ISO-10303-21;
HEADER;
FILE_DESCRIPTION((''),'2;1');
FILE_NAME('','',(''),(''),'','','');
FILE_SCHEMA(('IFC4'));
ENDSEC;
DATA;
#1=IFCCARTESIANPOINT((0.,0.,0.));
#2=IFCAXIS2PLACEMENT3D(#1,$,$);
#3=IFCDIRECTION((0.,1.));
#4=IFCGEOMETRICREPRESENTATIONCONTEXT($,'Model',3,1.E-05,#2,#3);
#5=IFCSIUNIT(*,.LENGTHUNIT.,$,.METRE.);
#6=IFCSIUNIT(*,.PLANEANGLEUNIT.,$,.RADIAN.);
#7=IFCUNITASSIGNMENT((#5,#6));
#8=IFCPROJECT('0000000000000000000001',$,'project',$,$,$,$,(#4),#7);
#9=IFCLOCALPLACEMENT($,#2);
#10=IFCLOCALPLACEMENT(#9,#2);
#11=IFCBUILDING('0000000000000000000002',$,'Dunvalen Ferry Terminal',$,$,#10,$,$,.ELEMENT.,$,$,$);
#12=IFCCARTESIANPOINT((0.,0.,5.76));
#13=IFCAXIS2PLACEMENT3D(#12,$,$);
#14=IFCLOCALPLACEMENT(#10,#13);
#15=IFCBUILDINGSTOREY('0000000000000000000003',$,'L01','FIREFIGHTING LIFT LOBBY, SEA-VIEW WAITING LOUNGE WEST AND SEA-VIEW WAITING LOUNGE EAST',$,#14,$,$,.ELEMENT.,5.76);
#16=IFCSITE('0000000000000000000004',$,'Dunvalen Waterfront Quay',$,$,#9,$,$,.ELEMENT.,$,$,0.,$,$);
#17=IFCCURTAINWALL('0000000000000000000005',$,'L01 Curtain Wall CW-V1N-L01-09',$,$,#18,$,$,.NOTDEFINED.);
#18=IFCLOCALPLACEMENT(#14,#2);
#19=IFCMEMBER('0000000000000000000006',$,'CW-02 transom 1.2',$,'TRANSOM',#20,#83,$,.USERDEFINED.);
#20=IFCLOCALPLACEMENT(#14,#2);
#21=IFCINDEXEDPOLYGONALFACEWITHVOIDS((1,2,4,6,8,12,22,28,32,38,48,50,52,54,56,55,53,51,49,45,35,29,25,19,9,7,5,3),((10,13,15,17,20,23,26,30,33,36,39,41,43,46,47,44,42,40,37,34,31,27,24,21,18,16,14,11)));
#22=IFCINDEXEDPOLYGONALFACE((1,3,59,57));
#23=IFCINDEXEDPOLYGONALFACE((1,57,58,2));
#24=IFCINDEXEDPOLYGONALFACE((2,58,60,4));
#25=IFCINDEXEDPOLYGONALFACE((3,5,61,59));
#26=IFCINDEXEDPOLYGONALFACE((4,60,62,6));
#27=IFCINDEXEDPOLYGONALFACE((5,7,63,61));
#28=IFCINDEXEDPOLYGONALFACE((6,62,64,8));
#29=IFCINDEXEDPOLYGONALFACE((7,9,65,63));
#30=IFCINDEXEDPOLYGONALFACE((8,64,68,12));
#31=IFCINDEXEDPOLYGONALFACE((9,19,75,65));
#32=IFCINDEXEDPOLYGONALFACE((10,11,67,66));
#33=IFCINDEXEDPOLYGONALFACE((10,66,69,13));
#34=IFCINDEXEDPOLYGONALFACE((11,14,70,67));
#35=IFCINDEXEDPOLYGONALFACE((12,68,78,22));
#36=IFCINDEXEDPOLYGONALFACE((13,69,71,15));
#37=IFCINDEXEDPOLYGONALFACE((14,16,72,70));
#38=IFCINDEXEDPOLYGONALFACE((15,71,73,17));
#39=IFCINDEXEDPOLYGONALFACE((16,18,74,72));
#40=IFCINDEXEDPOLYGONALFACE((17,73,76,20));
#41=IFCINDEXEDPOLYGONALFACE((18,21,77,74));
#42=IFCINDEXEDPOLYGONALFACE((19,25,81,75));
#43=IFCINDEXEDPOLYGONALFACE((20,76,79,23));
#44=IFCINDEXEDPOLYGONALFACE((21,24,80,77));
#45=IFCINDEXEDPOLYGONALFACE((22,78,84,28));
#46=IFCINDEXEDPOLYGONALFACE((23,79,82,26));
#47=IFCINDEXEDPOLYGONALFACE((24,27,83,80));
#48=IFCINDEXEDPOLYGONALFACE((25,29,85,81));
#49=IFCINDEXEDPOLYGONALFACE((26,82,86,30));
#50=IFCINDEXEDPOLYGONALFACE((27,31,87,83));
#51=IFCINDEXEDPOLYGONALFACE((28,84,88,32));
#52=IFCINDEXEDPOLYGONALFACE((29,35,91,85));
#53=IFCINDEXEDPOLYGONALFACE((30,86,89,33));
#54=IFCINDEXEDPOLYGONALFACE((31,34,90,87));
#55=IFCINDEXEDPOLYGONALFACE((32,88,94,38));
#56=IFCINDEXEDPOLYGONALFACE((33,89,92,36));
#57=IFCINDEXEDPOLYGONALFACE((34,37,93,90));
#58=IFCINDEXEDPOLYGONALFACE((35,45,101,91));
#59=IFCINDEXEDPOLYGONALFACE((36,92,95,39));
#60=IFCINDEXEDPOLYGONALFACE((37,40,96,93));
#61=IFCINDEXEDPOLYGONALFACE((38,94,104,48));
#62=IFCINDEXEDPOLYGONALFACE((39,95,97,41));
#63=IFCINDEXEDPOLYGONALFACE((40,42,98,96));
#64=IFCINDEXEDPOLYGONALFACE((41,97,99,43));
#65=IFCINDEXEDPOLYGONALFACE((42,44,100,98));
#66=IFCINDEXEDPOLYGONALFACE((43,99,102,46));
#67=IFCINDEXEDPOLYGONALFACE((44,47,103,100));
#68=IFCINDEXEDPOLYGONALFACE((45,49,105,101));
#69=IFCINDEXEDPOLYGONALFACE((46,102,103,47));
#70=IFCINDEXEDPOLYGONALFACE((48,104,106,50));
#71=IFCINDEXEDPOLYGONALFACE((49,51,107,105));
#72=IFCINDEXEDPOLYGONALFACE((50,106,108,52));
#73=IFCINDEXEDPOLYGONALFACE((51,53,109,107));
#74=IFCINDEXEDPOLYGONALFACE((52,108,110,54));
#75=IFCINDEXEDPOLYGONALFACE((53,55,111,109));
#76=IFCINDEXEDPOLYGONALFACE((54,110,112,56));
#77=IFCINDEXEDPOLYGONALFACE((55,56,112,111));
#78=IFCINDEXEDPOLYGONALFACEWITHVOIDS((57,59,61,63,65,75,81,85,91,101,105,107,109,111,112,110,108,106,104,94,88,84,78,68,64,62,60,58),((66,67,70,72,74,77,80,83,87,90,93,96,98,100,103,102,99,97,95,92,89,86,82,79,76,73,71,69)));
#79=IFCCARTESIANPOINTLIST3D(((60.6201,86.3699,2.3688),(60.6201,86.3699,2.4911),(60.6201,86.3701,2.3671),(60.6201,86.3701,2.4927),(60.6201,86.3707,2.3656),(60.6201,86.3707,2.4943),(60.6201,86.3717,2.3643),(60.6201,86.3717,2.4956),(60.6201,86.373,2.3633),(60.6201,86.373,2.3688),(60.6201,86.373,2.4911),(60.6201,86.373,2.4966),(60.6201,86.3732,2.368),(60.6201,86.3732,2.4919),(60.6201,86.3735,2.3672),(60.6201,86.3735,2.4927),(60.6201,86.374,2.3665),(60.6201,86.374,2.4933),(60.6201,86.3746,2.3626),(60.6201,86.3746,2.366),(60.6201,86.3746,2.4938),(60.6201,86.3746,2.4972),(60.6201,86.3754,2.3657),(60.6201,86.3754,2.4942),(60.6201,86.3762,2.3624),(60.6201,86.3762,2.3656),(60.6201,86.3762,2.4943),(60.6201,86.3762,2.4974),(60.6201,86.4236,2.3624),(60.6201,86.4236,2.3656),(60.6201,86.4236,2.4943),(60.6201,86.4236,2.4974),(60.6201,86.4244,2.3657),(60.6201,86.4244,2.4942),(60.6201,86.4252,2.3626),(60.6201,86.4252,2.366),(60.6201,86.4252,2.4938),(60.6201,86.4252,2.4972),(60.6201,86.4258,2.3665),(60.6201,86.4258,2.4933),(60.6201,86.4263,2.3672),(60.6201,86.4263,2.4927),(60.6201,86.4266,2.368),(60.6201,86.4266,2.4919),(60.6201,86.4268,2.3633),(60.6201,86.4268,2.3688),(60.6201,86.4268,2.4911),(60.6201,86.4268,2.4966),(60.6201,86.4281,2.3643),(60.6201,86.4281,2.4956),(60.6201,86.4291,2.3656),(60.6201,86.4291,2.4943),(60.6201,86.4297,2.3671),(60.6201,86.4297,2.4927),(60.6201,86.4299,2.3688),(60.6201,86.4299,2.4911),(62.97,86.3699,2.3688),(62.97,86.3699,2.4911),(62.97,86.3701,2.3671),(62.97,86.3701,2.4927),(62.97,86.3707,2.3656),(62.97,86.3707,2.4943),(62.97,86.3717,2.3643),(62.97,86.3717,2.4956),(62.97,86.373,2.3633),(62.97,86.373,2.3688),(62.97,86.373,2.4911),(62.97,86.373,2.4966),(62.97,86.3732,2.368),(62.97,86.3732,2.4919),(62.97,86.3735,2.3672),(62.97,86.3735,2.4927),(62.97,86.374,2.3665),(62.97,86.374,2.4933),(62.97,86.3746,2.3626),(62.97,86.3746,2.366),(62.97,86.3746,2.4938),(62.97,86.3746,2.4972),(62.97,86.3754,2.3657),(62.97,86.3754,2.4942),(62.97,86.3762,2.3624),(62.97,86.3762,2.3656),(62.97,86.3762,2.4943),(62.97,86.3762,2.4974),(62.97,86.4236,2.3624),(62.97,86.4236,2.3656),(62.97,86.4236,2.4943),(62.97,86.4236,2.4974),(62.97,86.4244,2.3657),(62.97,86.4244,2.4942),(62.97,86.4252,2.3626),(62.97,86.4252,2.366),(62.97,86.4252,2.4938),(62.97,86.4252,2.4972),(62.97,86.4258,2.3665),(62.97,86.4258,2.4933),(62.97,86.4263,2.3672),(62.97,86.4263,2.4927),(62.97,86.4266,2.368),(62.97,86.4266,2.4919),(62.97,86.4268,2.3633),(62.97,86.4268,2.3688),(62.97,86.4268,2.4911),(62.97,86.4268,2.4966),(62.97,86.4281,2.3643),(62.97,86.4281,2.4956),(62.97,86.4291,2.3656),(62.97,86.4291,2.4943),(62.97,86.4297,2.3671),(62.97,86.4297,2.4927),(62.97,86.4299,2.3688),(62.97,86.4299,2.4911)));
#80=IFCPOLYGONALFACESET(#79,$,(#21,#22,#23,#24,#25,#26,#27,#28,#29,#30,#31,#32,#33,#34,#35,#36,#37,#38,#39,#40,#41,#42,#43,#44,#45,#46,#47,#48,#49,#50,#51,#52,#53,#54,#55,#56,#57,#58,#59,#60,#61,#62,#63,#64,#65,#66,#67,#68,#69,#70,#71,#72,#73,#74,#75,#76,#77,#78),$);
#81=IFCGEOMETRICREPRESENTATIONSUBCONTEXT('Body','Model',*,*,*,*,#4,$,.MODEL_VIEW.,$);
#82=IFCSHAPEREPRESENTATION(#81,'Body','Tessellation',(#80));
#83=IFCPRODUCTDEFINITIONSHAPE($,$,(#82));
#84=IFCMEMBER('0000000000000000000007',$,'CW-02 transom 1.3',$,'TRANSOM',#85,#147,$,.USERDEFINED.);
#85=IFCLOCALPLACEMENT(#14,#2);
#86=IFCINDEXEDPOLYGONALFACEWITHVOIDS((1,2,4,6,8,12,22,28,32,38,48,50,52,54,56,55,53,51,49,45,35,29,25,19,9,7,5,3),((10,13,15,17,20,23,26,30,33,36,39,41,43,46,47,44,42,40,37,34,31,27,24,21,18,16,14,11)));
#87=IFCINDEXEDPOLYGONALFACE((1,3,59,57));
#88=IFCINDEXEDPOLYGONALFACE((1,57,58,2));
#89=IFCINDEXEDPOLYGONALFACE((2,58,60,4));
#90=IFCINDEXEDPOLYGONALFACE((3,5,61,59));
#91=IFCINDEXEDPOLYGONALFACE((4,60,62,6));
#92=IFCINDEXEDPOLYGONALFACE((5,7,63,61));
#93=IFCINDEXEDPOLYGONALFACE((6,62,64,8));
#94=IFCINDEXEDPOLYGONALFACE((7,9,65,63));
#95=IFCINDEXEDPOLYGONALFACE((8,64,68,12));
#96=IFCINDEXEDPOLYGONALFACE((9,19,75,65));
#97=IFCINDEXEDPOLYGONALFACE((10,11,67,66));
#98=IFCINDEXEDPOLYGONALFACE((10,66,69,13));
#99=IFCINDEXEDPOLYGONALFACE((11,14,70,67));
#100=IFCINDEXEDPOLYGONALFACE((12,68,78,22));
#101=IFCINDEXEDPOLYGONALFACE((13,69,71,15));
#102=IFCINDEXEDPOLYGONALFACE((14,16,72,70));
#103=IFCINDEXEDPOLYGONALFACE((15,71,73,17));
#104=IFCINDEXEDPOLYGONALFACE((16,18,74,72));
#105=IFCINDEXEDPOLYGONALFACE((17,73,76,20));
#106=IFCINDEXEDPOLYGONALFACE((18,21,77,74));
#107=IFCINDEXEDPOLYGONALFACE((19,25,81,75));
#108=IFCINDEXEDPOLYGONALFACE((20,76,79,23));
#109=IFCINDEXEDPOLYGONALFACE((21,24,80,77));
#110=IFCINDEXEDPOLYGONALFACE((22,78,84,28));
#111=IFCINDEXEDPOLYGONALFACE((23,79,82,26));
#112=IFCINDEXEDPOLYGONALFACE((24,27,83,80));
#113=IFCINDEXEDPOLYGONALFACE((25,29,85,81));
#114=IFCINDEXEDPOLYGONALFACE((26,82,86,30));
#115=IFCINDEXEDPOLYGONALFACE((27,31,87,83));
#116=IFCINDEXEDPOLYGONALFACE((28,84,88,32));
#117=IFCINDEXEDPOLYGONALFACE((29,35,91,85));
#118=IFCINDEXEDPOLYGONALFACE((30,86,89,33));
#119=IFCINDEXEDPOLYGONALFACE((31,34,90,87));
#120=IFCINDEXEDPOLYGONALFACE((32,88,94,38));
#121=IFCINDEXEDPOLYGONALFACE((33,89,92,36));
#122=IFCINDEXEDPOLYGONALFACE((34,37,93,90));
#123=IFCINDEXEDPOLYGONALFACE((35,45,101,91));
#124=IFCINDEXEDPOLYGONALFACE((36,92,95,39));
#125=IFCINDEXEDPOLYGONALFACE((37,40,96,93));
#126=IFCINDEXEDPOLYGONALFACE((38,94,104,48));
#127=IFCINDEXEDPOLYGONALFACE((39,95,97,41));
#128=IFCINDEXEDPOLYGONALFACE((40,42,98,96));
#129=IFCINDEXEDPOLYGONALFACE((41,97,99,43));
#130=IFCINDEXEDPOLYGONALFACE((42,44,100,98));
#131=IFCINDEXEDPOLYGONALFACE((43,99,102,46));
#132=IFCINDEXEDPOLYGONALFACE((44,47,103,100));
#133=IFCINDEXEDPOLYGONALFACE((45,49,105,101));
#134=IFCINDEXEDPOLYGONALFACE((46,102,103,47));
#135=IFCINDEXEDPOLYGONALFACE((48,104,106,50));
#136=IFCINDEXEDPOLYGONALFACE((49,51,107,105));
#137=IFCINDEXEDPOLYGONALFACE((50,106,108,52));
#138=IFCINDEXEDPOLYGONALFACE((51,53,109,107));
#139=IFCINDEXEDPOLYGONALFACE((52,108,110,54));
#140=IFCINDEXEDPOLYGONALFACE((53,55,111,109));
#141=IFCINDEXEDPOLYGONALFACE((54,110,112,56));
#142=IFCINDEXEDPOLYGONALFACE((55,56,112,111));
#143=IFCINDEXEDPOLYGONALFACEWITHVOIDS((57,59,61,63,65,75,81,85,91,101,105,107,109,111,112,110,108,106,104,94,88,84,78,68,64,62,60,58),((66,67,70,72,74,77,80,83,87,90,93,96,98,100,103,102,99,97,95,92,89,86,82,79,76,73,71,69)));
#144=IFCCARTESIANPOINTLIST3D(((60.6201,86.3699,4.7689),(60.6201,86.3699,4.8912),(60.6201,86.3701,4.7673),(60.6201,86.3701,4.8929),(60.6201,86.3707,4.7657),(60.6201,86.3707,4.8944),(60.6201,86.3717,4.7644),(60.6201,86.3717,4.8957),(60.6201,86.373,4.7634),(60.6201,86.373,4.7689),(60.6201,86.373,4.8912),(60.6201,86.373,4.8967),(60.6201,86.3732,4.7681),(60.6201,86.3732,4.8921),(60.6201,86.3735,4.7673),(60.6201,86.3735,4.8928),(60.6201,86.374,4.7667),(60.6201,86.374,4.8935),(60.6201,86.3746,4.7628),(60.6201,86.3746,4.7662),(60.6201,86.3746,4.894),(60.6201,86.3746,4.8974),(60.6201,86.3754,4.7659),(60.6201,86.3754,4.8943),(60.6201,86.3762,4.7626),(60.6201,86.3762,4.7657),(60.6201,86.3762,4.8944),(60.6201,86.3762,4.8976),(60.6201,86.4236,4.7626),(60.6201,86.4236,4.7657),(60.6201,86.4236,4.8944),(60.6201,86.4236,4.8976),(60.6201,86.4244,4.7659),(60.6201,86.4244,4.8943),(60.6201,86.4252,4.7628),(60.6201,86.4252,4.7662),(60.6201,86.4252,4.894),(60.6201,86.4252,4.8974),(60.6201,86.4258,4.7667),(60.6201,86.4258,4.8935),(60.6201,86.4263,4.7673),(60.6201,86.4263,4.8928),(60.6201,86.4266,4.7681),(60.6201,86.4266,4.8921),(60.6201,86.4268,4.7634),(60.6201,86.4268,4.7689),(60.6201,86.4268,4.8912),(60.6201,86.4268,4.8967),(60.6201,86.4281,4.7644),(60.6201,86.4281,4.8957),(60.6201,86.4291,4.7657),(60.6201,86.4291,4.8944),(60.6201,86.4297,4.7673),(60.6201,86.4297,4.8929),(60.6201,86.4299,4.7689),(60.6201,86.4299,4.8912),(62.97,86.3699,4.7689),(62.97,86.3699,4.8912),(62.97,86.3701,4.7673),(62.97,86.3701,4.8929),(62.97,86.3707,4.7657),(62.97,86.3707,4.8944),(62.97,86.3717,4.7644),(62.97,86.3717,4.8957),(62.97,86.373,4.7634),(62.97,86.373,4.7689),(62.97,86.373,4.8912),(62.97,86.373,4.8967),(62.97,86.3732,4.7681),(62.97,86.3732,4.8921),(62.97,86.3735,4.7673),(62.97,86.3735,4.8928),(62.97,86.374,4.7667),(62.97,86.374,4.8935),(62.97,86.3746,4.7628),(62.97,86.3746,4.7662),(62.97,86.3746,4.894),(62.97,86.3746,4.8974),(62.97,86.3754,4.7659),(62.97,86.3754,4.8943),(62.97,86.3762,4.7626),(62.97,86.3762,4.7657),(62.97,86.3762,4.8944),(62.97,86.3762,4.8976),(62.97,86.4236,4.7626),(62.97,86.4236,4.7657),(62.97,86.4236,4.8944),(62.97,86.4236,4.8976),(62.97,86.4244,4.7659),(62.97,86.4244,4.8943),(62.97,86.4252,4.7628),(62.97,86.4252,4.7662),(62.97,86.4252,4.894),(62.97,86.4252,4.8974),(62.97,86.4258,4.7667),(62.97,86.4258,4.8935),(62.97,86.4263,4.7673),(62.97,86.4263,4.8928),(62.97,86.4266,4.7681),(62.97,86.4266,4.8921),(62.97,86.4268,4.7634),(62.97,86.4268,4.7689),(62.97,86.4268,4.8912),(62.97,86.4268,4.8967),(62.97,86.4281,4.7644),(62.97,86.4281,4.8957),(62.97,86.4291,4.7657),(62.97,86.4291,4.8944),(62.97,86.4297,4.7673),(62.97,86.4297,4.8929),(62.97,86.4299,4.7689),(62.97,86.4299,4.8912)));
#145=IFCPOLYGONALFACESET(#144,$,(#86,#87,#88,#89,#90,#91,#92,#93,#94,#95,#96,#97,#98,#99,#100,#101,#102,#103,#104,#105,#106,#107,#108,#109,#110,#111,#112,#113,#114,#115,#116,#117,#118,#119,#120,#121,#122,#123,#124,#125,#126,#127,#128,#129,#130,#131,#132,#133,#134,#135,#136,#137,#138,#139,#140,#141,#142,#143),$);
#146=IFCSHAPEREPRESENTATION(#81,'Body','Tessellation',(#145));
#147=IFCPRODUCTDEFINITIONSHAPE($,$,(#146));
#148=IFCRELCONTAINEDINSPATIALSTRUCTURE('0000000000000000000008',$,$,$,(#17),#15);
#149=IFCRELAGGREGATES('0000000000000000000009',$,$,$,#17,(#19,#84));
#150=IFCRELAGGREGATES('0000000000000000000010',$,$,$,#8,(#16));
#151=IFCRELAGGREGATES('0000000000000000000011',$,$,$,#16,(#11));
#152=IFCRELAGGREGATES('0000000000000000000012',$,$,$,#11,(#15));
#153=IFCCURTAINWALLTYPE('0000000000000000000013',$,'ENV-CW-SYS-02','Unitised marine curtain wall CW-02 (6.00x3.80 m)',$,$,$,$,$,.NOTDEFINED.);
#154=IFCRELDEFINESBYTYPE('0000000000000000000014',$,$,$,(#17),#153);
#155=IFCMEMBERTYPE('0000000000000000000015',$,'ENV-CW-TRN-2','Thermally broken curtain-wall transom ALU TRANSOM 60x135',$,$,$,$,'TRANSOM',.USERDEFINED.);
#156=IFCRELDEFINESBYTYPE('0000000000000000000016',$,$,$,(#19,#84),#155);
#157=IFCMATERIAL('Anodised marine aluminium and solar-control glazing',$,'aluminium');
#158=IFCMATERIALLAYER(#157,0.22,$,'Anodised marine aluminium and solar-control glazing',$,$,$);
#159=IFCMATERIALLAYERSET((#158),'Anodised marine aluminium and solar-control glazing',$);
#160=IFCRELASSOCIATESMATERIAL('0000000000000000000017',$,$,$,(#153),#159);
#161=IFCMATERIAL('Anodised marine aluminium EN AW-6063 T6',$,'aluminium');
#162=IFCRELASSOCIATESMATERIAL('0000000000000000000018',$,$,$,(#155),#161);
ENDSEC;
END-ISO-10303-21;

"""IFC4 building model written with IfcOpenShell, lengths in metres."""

from ifc_helpers import new_model, si_unit, direction, frame, origin, origin_2d, place, context, subcontext, project, spatial, hollow_rectangle, extrude, material, layer, layer_set, material_profile, profile_set, type_object, element, aggregate, save


model = new_model("IFC4")

# Units and contexts
model_context = context("Model", 3, precision=1e-05, world=origin(), true_north=direction((0.0, 1.0)))
body_context = subcontext(model_context, "Body", "Model", "MODEL_VIEW")
ifc_project = project(units=[si_unit("LENGTHUNIT", "METRE"), si_unit("PLANEANGLEUNIT", "RADIAN")], contexts=[model_context])

# Site, building, storey
site_placement = place(None, origin())
site = spatial("IfcSite", under=ifc_project, at=site_placement, Name="Dunvalen Waterfront Quay", CompositionType="ELEMENT", RefElevation=0.0)
building_placement = place(site_placement, origin())
building = spatial("IfcBuilding", under=site, at=building_placement, Name="Dunvalen Ferry Terminal", CompositionType="ELEMENT")
storey_placement = place(building_placement, frame((0.0, 0.0, 5.76)))
storey = spatial("IfcBuildingStorey", under=building, at=storey_placement, Name="L01", Description="FIREFIGHTING LIFT LOBBY, SEA-VIEW WAITING LOUNGE WEST AND SEA-VIEW WAITING LOUNGE EAST", CompositionType="ELEMENT", Elevation=5.76)

# Curtain wall, members
ifc_material_1 = material(Name="Anodised marine aluminium and solar-control glazing", Category="aluminium")
ifc_layer_1 = layer(ifc_material_1, 0.22, Name="Anodised marine aluminium and solar-control glazing")
ifc_layer_set_1 = layer_set([ifc_layer_1], Name="Anodised marine aluminium and solar-control glazing")
curtain_wall_type = type_object("IfcCurtainWallType", Name="ENV-CW-SYS-02", Description="Unitised marine curtain wall CW-02 (6.00x3.80 m)", PredefinedType="NOTDEFINED", material=ifc_layer_set_1)
curtain_wall_placement = place(storey_placement, origin())
curtain_wall = element("IfcCurtainWall", 1, at=curtain_wall_placement, inside=storey, type_object=curtain_wall_type, Name="L01 Curtain Wall CW-V1N-L01-09", PredefinedType="NOTDEFINED")
ifc_material_2 = material(Name="Anodised marine aluminium EN AW-6063 T6", Category="aluminium")
ifc_material_profile_1 = material_profile(ifc_material_2, hollow_rectangle(XDim=0.0601, YDim=0.135, WallThickness=0.0032, InnerFilletRadius=0.0032, OuterFilletRadius=0.0063, at=origin_2d()), Name="Anodised marine aluminium EN AW-6063 T6")
ifc_profile_set_1 = profile_set([ifc_material_profile_1], Name="Anodised marine aluminium EN AW-6063 T6")
member_type_1 = type_object("IfcMemberType", Name="ENV-CW-TRN-2", Description="Thermally broken curtain-wall transom ALU TRANSOM 60x135", ElementType="TRANSOM", PredefinedType="USERDEFINED", material=ifc_profile_set_1)
member_1_placement = place(storey_placement, frame((60.6201, 86.3999, 2.4299), z_axis=(1.0, 0.0, 0.0), x_axis=(0.0, 1.0, 0.0)))
member_1 = element("IfcMember", 2, at=member_1_placement, type_object=member_type_1, Name="CW-02 transom 1.2", ObjectType="TRANSOM", PredefinedType="USERDEFINED", context=body_context, shape_type="SweptSolid", body=[
    extrude(hollow_rectangle(XDim=0.0601, YDim=0.135, WallThickness=0.0032, InnerFilletRadius=0.0032, OuterFilletRadius=0.0063, at=origin_2d()), origin(), (0.0, 0.0, 1.0), 2.3499),
])
member_2_placement = place(storey_placement, frame((60.6201, 86.3999, 4.8301), z_axis=(1.0, 0.0, 0.0), x_axis=(0.0, 1.0, 0.0)))
member_2 = element("IfcMember", 3, at=member_2_placement, type_object=member_type_1, Name="CW-02 transom 1.3", ObjectType="TRANSOM", PredefinedType="USERDEFINED", context=body_context, shape_type="SweptSolid", body=[
    extrude(hollow_rectangle(XDim=0.0601, YDim=0.135, WallThickness=0.0032, InnerFilletRadius=0.0032, OuterFilletRadius=0.0063, at=origin_2d()), origin(), (0.0, 0.0, 1.0), 2.3499),
])

aggregate(curtain_wall, [member_1, member_2])

save(model, "model.ifc")
